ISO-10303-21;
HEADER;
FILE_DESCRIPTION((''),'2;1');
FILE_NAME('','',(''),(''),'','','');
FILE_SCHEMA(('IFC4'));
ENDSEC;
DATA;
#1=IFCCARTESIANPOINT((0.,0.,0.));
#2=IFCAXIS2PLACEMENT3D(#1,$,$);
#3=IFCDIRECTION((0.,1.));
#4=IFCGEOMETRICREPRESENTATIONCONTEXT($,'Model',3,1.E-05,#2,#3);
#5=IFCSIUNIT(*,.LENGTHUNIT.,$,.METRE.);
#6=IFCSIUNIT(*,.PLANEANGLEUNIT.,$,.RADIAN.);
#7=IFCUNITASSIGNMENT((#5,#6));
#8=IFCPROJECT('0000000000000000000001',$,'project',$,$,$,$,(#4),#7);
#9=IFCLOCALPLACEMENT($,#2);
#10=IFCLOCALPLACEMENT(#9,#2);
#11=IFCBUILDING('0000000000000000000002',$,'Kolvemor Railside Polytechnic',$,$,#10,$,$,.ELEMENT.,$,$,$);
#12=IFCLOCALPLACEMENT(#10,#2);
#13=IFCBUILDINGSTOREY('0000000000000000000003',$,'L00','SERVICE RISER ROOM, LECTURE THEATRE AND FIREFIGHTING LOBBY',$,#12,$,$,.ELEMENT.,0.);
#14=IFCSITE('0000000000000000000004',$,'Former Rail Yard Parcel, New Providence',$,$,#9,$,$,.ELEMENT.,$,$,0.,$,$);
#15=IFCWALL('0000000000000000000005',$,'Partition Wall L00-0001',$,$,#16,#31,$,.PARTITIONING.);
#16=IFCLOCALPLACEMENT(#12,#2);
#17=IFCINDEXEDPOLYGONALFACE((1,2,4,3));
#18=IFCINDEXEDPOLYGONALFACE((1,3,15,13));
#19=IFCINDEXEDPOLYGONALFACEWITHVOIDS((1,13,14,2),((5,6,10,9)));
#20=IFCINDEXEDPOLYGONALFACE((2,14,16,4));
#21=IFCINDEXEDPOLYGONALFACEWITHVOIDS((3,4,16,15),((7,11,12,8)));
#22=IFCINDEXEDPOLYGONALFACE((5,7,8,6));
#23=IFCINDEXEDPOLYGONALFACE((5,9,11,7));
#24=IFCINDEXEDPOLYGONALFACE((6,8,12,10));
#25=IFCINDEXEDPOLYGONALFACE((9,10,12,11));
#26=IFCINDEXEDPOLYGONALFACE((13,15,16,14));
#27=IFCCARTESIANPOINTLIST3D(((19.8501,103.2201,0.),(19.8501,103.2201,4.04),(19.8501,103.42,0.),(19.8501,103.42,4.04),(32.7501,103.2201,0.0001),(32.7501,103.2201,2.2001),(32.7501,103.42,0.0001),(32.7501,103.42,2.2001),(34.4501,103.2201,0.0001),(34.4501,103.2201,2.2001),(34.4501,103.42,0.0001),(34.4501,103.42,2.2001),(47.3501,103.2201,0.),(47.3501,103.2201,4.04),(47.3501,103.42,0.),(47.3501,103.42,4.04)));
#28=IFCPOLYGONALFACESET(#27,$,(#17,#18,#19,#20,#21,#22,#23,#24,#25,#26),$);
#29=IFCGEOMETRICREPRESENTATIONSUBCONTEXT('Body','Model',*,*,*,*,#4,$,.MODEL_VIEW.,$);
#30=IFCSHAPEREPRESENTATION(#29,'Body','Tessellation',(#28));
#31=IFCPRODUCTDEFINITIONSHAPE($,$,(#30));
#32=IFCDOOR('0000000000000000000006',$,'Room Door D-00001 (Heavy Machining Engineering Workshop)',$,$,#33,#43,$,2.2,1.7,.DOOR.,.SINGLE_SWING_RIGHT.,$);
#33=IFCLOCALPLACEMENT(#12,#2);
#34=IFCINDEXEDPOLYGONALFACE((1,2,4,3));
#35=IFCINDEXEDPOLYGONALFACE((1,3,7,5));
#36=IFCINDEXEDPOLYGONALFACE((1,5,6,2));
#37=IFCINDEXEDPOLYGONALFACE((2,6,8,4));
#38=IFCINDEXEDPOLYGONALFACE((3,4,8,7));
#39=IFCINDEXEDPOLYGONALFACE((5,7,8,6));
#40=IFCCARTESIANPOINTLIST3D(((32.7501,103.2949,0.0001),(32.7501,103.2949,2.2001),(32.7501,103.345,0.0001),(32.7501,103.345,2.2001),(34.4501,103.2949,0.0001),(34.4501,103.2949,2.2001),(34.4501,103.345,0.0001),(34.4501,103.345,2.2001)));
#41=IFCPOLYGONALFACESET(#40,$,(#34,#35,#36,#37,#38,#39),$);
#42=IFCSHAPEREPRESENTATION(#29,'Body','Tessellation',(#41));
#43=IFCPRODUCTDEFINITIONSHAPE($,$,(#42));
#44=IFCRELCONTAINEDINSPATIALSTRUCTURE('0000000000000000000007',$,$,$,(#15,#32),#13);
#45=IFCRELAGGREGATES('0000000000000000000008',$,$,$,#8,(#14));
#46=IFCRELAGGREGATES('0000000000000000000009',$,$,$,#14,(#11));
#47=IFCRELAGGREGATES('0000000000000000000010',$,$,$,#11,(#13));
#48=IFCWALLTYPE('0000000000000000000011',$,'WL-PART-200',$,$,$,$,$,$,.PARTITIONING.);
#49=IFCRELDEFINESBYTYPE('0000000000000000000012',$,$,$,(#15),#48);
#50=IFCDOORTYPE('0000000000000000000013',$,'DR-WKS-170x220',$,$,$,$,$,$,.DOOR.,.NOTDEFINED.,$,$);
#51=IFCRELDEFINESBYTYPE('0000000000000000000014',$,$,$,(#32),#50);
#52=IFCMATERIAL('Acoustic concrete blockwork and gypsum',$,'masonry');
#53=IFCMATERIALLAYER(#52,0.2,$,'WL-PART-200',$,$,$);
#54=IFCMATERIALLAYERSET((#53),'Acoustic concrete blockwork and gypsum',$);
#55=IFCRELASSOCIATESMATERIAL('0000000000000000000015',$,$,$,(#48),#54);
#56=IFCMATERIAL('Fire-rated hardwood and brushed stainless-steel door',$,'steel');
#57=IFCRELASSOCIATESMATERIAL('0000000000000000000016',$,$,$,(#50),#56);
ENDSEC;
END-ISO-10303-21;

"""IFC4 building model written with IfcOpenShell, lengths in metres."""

from ifc_helpers import new_model, si_unit, direction, frame, frame_2d, origin, place, context, subcontext, project, spatial, rectangle, extrude, material, layer, layer_set, type_object, element, fill, save


model = new_model("IFC4")

# Units and contexts
model_context = context("Model", 3, precision=1e-05, world=origin(), true_north=direction((0.0, 1.0)))
body_context = subcontext(model_context, "Body", "Model", "MODEL_VIEW")
ifc_project = project(units=[si_unit("LENGTHUNIT", "METRE"), si_unit("PLANEANGLEUNIT", "RADIAN")], contexts=[model_context])

# Site, building, storey
site_placement = place(None, origin())
site = spatial("IfcSite", under=ifc_project, at=site_placement, Name="Former Rail Yard Parcel, New Providence", CompositionType="ELEMENT", RefElevation=0.0)
building_placement = place(site_placement, origin())
building = spatial("IfcBuilding", under=site, at=building_placement, Name="Kolvemor Railside Polytechnic", CompositionType="ELEMENT")
storey_placement = place(building_placement, origin())
storey = spatial("IfcBuildingStorey", under=building, at=storey_placement, Name="L00", Description="SERVICE RISER ROOM, LECTURE THEATRE AND FIREFIGHTING LOBBY", CompositionType="ELEMENT", Elevation=0.0)

# Wall, opening, door
ifc_material_1 = material(Name="Acoustic concrete blockwork and gypsum", Category="masonry")
ifc_layer_1 = layer(ifc_material_1, 0.2, Name="WL-PART-200")
ifc_layer_set_1 = layer_set([ifc_layer_1], Name="Acoustic concrete blockwork and gypsum")
wall_type_1 = type_object("IfcWallType", Name="WL-PART-200", PredefinedType="PARTITIONING", material=ifc_layer_set_1)
wall_1_placement = place(storey_placement, frame((19.8501, 103.3201, 0.0), z_axis=(0.0, 0.0, 1.0), x_axis=(1.0, 0.0, 0.0)))
wall_1 = element("IfcWall", 1, at=wall_1_placement, inside=storey, type_object=wall_type_1, Name="Partition Wall L00-0001", PredefinedType="PARTITIONING", context=body_context, shape_type="SweptSolid", body=[
    extrude(rectangle(XDim=27.5, YDim=0.2, at=frame_2d((13.75, 0.0))), origin(), (0.0, 0.0, 1.0), 4.04),
])
opening_1_placement = place(wall_1_placement, frame((12.8999, 0.0, 0.0)))
opening_1 = element("IfcOpeningElement", 2, at=opening_1_placement, cuts=wall_1, PredefinedType="OPENING", context=body_context, shape_type="SweptSolid", body=[
    extrude(rectangle(XDim=1.7, YDim=2.2, at=frame_2d((0.8501, 1.1001))), frame((0.0, 0.1099, 0.0), z_axis=(0.0, -1.0, 0.0), x_axis=(1.0, 0.0, 0.0)), (0.0, 0.0, 1.0), 0.22),
])
ifc_material_2 = material(Name="Fire-rated hardwood and brushed stainless-steel door", Category="steel")
door_type = type_object("IfcDoorType", Name="DR-WKS-170x220", OperationType="NOTDEFINED", PredefinedType="DOOR", material=ifc_material_2)
door_placement = place(opening_1_placement, origin())
door = element("IfcDoor", 3, at=door_placement, inside=storey, type_object=door_type, Name="Room Door D-00001 (Heavy Machining Engineering Workshop)", OperationType="SINGLE_SWING_RIGHT", OverallHeight=2.2, OverallWidth=1.7, PredefinedType="DOOR", context=body_context, shape_type="SweptSolid", body=[
    extrude(rectangle(XDim=1.7, YDim=2.2, at=frame_2d((0.8501, 1.1001))), frame((0.0, 0.0249, 0.0), z_axis=(0.0, -1.0, 0.0), x_axis=(1.0, 0.0, 0.0)), (0.0, 0.0, 1.0), 0.05),
])
fill(opening_1, door)

save(model, "model.ifc")
